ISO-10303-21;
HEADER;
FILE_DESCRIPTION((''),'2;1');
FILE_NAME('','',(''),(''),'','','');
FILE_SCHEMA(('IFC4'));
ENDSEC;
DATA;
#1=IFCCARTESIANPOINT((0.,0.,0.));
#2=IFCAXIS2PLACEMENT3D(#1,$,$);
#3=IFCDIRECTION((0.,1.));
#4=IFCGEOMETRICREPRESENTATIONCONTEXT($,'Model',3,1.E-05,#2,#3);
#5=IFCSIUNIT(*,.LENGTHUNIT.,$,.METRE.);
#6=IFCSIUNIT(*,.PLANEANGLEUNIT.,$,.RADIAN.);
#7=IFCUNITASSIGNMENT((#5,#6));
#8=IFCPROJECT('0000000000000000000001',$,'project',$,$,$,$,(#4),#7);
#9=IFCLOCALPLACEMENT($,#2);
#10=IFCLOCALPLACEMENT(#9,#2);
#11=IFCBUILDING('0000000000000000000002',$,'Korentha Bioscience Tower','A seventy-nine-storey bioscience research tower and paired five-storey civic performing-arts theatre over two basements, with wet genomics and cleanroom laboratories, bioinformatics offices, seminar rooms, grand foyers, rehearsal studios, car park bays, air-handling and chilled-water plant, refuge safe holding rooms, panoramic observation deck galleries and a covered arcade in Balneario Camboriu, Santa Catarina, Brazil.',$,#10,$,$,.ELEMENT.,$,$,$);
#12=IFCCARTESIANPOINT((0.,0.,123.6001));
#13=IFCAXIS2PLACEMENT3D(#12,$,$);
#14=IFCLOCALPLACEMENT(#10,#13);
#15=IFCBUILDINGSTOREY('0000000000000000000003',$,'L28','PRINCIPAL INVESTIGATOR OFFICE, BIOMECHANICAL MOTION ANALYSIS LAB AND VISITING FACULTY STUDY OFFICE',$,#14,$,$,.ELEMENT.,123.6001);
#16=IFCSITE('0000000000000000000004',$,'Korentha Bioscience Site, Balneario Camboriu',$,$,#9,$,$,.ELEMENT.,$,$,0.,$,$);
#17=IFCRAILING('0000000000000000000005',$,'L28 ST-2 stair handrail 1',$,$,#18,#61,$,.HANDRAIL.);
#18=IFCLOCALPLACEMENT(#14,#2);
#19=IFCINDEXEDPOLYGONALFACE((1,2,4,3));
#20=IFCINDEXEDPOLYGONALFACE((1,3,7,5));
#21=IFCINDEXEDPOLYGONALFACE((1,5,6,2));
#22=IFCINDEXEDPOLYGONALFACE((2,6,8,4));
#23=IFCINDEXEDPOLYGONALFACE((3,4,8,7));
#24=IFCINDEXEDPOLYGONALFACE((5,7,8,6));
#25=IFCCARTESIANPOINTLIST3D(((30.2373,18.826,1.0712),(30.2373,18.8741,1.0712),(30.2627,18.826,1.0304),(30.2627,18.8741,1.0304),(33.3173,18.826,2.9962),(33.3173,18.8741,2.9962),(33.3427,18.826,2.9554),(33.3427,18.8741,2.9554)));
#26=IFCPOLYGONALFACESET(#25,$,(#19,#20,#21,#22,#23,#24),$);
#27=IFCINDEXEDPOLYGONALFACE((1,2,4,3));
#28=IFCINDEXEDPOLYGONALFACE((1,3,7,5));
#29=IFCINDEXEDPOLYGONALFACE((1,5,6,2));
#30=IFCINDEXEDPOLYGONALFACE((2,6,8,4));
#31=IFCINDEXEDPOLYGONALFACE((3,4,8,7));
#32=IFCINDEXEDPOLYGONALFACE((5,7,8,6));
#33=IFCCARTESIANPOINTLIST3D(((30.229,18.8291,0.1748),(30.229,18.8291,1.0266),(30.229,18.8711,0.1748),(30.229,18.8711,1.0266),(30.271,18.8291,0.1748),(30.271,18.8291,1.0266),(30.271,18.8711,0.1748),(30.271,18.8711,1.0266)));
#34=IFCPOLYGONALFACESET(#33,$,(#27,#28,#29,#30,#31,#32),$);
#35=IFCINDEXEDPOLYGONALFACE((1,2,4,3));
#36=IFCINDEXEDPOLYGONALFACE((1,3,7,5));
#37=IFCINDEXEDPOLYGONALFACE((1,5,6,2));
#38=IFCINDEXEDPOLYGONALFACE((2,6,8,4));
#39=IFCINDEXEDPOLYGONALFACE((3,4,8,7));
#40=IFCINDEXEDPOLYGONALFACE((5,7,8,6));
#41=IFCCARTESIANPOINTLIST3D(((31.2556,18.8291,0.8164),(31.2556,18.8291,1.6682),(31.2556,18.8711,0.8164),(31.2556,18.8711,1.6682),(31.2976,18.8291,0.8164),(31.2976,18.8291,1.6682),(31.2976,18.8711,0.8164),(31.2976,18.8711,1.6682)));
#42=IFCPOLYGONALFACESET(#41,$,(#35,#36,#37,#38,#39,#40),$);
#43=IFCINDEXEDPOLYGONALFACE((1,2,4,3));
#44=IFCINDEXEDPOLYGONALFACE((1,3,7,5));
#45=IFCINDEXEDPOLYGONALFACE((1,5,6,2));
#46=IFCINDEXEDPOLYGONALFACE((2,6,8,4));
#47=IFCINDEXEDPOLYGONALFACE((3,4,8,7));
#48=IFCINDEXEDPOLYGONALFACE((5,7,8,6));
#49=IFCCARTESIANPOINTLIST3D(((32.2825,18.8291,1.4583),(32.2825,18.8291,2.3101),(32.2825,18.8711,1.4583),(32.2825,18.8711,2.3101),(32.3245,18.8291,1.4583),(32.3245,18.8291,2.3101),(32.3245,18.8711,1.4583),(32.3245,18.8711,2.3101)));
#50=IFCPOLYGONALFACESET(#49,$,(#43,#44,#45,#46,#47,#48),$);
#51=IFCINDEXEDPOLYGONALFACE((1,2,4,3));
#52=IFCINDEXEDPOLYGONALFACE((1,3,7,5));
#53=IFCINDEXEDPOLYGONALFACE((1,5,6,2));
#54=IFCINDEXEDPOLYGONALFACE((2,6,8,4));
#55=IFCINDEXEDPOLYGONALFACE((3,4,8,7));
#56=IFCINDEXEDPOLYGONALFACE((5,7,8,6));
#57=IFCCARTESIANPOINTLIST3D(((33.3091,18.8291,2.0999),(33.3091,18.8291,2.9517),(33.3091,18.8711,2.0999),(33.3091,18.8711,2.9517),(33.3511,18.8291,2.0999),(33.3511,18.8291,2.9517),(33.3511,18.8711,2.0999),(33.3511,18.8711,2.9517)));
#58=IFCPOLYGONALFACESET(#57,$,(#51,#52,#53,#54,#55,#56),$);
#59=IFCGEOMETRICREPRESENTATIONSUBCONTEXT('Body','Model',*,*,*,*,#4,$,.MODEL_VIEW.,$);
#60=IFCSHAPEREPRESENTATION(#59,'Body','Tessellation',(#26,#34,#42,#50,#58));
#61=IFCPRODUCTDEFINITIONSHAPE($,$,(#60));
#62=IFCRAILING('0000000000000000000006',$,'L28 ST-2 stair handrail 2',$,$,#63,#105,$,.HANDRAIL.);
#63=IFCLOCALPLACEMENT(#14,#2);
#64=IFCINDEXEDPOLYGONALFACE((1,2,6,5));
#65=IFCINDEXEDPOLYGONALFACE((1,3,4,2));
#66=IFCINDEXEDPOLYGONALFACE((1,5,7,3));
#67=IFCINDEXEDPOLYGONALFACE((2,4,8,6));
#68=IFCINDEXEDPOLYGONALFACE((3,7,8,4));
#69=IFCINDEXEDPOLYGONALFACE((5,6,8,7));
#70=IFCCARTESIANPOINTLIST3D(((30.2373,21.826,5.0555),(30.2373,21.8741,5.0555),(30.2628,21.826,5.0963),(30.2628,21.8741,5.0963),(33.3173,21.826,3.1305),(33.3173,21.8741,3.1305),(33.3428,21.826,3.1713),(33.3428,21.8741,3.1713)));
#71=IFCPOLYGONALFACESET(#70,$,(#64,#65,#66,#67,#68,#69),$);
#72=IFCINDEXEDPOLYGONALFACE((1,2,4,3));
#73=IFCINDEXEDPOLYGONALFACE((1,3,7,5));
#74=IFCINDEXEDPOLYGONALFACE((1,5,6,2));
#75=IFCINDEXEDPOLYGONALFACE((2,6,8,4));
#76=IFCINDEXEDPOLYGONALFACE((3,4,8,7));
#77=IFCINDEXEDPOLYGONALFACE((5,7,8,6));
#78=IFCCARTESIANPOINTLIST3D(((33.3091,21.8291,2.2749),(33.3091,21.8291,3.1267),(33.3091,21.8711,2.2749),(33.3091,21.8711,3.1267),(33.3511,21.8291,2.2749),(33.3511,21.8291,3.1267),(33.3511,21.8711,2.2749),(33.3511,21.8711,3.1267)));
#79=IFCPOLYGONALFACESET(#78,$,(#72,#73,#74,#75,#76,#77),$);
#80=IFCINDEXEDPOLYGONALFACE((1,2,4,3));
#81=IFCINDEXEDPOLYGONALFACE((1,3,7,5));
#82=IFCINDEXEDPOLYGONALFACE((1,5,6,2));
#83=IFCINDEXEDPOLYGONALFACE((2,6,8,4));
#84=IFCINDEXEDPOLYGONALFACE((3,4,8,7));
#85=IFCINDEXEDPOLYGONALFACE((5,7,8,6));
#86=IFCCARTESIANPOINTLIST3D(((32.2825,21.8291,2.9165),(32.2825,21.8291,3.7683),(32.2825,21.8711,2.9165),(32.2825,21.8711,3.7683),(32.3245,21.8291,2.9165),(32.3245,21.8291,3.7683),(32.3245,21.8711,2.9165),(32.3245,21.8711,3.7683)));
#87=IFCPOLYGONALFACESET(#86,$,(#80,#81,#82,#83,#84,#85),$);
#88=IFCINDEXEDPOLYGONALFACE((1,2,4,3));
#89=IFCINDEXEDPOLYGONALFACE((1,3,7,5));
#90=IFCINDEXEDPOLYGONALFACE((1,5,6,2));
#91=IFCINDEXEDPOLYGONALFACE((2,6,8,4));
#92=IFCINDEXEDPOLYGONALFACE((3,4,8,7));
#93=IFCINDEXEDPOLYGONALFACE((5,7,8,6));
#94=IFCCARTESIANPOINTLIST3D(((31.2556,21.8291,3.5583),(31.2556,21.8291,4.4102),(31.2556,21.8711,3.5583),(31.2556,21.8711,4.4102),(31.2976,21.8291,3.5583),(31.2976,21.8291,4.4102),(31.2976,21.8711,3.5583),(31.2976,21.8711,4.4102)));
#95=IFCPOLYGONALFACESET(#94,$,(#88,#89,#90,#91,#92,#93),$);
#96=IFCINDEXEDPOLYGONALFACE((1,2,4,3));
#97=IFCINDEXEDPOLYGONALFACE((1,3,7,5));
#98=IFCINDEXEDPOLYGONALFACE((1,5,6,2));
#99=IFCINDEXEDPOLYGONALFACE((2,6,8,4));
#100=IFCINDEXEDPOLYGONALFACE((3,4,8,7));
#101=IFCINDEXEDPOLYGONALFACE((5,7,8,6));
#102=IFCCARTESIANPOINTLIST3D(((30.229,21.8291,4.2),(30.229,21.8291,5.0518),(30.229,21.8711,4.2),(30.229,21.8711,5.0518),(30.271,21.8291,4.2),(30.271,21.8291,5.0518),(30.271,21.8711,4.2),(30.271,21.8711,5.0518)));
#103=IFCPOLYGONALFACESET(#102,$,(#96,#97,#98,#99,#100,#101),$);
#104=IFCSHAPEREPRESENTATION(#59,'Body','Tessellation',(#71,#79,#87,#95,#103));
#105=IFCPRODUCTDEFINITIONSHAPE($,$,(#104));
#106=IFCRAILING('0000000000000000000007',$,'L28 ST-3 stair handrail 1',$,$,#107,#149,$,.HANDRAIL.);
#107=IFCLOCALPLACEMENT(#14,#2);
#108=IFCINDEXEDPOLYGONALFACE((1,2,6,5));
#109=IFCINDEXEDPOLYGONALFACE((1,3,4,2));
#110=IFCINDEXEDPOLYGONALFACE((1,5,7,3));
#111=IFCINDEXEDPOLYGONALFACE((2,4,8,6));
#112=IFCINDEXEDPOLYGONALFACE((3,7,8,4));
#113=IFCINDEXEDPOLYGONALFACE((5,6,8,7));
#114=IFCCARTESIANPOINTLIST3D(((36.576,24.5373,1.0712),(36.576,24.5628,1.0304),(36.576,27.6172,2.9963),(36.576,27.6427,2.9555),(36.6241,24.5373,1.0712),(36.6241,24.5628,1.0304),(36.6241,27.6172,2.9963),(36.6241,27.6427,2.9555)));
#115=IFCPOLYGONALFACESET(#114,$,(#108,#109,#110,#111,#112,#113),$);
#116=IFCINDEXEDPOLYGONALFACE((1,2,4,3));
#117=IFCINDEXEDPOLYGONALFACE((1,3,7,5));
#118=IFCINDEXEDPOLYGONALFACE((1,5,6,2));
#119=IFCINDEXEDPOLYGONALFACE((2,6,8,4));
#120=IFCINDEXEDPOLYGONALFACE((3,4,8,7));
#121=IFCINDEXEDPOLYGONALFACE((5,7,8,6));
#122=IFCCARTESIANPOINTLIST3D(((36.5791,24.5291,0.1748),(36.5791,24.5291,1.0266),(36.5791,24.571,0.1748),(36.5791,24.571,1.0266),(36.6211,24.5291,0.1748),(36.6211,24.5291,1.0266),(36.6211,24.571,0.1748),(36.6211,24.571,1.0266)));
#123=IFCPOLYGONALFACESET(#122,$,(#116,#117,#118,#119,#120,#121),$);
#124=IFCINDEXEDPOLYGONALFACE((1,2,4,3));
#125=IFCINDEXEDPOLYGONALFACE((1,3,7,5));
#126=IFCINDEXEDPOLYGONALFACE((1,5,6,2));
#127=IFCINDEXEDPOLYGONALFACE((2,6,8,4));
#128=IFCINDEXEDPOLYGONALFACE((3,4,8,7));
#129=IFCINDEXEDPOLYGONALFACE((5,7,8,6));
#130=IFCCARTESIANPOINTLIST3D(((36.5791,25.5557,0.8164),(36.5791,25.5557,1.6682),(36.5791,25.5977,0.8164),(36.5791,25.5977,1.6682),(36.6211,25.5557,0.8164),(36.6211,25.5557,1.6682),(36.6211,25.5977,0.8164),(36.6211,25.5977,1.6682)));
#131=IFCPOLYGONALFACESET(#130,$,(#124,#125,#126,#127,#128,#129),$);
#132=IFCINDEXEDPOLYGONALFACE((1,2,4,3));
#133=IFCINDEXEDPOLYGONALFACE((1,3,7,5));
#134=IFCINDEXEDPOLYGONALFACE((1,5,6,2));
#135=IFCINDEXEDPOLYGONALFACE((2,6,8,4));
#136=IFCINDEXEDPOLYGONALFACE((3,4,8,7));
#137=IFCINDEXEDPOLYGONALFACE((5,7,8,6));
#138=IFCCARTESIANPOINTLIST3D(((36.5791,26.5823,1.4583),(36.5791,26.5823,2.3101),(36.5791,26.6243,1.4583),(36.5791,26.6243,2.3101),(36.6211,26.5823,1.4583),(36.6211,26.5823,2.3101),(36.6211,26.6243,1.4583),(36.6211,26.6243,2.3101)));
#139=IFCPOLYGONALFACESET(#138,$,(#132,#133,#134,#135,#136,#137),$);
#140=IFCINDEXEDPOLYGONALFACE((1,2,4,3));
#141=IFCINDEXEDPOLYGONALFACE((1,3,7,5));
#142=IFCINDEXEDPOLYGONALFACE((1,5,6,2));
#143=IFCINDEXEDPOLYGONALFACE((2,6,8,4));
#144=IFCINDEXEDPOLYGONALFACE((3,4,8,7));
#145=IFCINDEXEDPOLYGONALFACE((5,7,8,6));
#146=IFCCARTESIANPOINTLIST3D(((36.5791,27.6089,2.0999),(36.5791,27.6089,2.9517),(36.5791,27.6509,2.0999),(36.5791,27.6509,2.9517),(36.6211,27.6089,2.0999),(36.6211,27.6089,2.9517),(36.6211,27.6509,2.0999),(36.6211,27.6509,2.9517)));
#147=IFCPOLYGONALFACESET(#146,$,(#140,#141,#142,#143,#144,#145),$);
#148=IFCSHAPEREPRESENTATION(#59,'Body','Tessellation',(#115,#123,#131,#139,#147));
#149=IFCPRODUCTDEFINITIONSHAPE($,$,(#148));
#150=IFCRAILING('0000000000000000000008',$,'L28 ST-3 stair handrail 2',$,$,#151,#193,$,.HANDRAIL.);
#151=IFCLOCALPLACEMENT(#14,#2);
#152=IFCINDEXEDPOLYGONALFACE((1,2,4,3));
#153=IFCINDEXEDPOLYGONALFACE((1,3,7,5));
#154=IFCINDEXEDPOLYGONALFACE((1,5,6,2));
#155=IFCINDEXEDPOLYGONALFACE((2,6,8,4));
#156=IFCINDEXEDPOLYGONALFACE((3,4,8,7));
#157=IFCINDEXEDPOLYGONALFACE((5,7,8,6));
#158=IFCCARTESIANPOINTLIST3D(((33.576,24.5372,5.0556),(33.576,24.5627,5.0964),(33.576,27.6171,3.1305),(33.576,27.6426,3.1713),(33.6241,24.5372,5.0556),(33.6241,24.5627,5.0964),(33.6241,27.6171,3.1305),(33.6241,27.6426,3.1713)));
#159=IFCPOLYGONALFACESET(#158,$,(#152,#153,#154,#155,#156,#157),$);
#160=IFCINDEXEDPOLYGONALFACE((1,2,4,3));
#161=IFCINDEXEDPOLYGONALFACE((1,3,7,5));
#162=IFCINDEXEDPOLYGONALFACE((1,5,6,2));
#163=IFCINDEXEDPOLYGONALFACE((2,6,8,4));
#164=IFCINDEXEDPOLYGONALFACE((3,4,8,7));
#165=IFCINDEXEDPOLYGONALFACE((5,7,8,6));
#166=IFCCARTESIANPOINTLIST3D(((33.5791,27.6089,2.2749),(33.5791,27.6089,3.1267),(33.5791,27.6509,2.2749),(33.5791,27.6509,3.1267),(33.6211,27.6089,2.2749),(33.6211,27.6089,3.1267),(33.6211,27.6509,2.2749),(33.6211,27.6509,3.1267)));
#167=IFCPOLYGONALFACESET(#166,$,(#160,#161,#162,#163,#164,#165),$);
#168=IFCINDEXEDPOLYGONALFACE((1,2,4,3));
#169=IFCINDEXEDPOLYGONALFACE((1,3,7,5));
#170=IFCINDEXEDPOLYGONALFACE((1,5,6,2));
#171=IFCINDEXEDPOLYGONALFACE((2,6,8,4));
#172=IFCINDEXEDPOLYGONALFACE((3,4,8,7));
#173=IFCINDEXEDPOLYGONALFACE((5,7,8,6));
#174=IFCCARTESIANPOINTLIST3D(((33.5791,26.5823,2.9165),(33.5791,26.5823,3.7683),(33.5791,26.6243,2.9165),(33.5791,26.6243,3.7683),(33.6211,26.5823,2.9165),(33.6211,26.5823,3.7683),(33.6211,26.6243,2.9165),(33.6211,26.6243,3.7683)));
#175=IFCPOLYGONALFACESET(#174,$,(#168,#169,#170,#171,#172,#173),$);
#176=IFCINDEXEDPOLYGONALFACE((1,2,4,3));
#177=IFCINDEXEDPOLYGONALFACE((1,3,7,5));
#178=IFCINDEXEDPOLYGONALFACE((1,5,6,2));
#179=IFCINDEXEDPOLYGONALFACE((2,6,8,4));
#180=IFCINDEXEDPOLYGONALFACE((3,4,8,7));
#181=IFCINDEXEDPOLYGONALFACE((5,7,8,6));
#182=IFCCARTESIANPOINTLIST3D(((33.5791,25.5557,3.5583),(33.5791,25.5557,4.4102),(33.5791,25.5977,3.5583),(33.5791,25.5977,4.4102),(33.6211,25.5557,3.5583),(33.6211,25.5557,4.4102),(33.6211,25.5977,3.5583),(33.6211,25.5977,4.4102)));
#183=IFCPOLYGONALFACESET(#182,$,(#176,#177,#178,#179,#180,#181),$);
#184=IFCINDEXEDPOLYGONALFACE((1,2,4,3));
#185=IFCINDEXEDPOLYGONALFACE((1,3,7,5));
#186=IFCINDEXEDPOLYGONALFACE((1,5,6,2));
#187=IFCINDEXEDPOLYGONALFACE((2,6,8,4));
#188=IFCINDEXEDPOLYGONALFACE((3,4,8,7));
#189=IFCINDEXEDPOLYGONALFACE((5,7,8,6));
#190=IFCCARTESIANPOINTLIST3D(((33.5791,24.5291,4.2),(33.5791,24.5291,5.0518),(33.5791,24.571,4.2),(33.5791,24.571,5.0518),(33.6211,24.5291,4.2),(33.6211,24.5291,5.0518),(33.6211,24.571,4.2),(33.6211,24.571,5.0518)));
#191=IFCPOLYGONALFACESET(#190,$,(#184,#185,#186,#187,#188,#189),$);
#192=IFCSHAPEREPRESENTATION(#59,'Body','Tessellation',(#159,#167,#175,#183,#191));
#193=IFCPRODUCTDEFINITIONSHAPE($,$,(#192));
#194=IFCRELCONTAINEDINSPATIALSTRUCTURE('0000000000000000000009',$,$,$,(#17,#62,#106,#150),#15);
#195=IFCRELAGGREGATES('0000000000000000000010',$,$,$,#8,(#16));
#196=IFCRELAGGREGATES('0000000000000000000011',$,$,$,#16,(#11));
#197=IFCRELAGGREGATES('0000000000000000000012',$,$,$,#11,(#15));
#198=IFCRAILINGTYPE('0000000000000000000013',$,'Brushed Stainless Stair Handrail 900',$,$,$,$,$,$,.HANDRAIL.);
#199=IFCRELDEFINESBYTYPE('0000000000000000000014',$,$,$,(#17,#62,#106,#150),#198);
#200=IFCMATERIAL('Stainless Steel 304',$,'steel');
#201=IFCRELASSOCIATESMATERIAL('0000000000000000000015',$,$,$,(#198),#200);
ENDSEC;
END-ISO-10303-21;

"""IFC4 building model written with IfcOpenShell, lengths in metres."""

from ifc_helpers import new_model, si_unit, direction, frame, origin, origin_2d, place, context, subcontext, project, spatial, rectangle, extrude, material, type_object, element, save


model = new_model("IFC4")

# Units and contexts
model_context = context("Model", 3, precision=1e-05, world=origin(), true_north=direction((0.0, 1.0)))
body_context = subcontext(model_context, "Body", "Model", "MODEL_VIEW")
ifc_project = project(units=[si_unit("LENGTHUNIT", "METRE"), si_unit("PLANEANGLEUNIT", "RADIAN")], contexts=[model_context])

# Site, building, storey
site_placement = place(None, origin())
site = spatial("IfcSite", under=ifc_project, at=site_placement, Name="Korentha Bioscience Site, Balneario Camboriu", CompositionType="ELEMENT", RefElevation=0.0)
building_placement = place(site_placement, origin())
building = spatial("IfcBuilding", under=site, at=building_placement, Name="Korentha Bioscience Tower", Description="A seventy-nine-storey bioscience research tower and paired five-storey civic performing-arts theatre over two basements, with wet genomics and cleanroom laboratories, bioinformatics offices, seminar rooms, grand foyers, rehearsal studios, car park bays, air-handling and chilled-water plant, refuge safe holding rooms, panoramic observation deck galleries and a covered arcade in Balneario Camboriu, Santa Catarina, Brazil.", CompositionType="ELEMENT")
storey_placement = place(building_placement, frame((0.0, 0.0, 123.6001)))
storey = spatial("IfcBuildingStorey", under=building, at=storey_placement, Name="L28", Description="PRINCIPAL INVESTIGATOR OFFICE, BIOMECHANICAL MOTION ANALYSIS LAB AND VISITING FACULTY STUDY OFFICE", CompositionType="ELEMENT", Elevation=123.6001)

# Railings
ifc_material_1 = material(Name="Stainless Steel 304", Category="steel")
railing_type_1 = type_object("IfcRailingType", Name="Brushed Stainless Stair Handrail 900", PredefinedType="HANDRAIL", material=ifc_material_1)
railing_1_placement = place(storey_placement, frame((30.25, 18.8501, 0.1748)))
element("IfcRailing", 1, at=railing_1_placement, inside=storey, type_object=railing_type_1, Name="L28 ST-2 stair handrail 1", PredefinedType="HANDRAIL", context=body_context, shape_type="SweptSolid", body=[
    extrude(rectangle(XDim=0.0481, YDim=0.0481, at=origin_2d()), frame((0.0, 0.0, 0.876), z_axis=(0.847998, 0.0, 0.529999), x_axis=(0.0, 1.0, 0.0)), (0.0, 0.0, 1.0), 3.6321),
    extrude(rectangle(XDim=0.042, YDim=0.042, at=origin_2d()), origin(), (0.0, 0.0, 1.0), 0.8518),
    extrude(rectangle(XDim=0.042, YDim=0.042, at=origin_2d()), frame((1.0266, 0.0, 0.6416)), (0.0, 0.0, 1.0), 0.8518),
    extrude(rectangle(XDim=0.042, YDim=0.042, at=origin_2d()), frame((2.0535, 0.0, 1.2834)), (0.0, 0.0, 1.0), 0.8518),
    extrude(rectangle(XDim=0.042, YDim=0.042, at=origin_2d()), frame((3.0801, 0.0, 1.925)), (0.0, 0.0, 1.0), 0.8518),
])
railing_2_placement = place(storey_placement, frame((33.3301, 21.8501, 2.2749)))
element("IfcRailing", 2, at=railing_2_placement, inside=storey, type_object=railing_type_1, Name="L28 ST-2 stair handrail 2", PredefinedType="HANDRAIL", context=body_context, shape_type="SweptSolid", body=[
    extrude(rectangle(XDim=0.0481, YDim=0.0481, at=origin_2d()), frame((0.0, 0.0, 0.876), z_axis=(-0.847998, 0.0, 0.529999), x_axis=(0.0, -1.0, 0.0)), (0.0, 0.0, 1.0), 3.6321),
    extrude(rectangle(XDim=0.042, YDim=0.042, at=origin_2d()), origin(), (0.0, 0.0, 1.0), 0.8518),
    extrude(rectangle(XDim=0.042, YDim=0.042, at=origin_2d()), frame((-1.0266, 0.0, 0.6416)), (0.0, 0.0, 1.0), 0.8518),
    extrude(rectangle(XDim=0.042, YDim=0.042, at=origin_2d()), frame((-2.0535, 0.0, 1.2834)), (0.0, 0.0, 1.0), 0.8518),
    extrude(rectangle(XDim=0.042, YDim=0.042, at=origin_2d()), frame((-3.0801, 0.0, 1.925)), (0.0, 0.0, 1.0), 0.8518),
])
railing_3_placement = place(storey_placement, frame((36.6001, 24.55, 0.1748)))
element("IfcRailing", 3, at=railing_3_placement, inside=storey, type_object=railing_type_1, Name="L28 ST-3 stair handrail 1", PredefinedType="HANDRAIL", context=body_context, shape_type="SweptSolid", body=[
    extrude(rectangle(XDim=0.0481, YDim=0.0481, at=origin_2d()), frame((0.0, 0.0, 0.876), z_axis=(0.0, 0.847979, 0.530029), x_axis=(-1.0, 0.0, 0.0)), (0.0, 0.0, 1.0), 3.6321),
    extrude(rectangle(XDim=0.042, YDim=0.042, at=origin_2d()), origin(), (0.0, 0.0, 1.0), 0.8518),
    extrude(rectangle(XDim=0.042, YDim=0.042, at=origin_2d()), frame((0.0, 1.0266, 0.6416)), (0.0, 0.0, 1.0), 0.8518),
    extrude(rectangle(XDim=0.042, YDim=0.042, at=origin_2d()), frame((0.0, 2.0532, 1.2834)), (0.0, 0.0, 1.0), 0.8518),
    extrude(rectangle(XDim=0.042, YDim=0.042, at=origin_2d()), frame((0.0, 3.0798, 1.925)), (0.0, 0.0, 1.0), 0.8518),
])
railing_4_placement = place(storey_placement, frame((33.6001, 27.6299, 2.2749)))
element("IfcRailing", 4, at=railing_4_placement, inside=storey, type_object=railing_type_1, Name="L28 ST-3 stair handrail 2", PredefinedType="HANDRAIL", context=body_context, shape_type="SweptSolid", body=[
    extrude(rectangle(XDim=0.0481, YDim=0.0481, at=origin_2d()), frame((0.0, 0.0, 0.876), z_axis=(0.0, -0.847979, 0.530029), x_axis=(1.0, 0.0, 0.0)), (0.0, 0.0, 1.0), 3.6321),
    extrude(rectangle(XDim=0.042, YDim=0.042, at=origin_2d()), origin(), (0.0, 0.0, 1.0), 0.8518),
    extrude(rectangle(XDim=0.042, YDim=0.042, at=origin_2d()), frame((0.0, -1.0266, 0.6416)), (0.0, 0.0, 1.0), 0.8518),
    extrude(rectangle(XDim=0.042, YDim=0.042, at=origin_2d()), frame((0.0, -2.0532, 1.2834)), (0.0, 0.0, 1.0), 0.8518),
    extrude(rectangle(XDim=0.042, YDim=0.042, at=origin_2d()), frame((0.0, -3.0798, 1.925)), (0.0, 0.0, 1.0), 0.8518),
])

save(model, "model.ifc")
